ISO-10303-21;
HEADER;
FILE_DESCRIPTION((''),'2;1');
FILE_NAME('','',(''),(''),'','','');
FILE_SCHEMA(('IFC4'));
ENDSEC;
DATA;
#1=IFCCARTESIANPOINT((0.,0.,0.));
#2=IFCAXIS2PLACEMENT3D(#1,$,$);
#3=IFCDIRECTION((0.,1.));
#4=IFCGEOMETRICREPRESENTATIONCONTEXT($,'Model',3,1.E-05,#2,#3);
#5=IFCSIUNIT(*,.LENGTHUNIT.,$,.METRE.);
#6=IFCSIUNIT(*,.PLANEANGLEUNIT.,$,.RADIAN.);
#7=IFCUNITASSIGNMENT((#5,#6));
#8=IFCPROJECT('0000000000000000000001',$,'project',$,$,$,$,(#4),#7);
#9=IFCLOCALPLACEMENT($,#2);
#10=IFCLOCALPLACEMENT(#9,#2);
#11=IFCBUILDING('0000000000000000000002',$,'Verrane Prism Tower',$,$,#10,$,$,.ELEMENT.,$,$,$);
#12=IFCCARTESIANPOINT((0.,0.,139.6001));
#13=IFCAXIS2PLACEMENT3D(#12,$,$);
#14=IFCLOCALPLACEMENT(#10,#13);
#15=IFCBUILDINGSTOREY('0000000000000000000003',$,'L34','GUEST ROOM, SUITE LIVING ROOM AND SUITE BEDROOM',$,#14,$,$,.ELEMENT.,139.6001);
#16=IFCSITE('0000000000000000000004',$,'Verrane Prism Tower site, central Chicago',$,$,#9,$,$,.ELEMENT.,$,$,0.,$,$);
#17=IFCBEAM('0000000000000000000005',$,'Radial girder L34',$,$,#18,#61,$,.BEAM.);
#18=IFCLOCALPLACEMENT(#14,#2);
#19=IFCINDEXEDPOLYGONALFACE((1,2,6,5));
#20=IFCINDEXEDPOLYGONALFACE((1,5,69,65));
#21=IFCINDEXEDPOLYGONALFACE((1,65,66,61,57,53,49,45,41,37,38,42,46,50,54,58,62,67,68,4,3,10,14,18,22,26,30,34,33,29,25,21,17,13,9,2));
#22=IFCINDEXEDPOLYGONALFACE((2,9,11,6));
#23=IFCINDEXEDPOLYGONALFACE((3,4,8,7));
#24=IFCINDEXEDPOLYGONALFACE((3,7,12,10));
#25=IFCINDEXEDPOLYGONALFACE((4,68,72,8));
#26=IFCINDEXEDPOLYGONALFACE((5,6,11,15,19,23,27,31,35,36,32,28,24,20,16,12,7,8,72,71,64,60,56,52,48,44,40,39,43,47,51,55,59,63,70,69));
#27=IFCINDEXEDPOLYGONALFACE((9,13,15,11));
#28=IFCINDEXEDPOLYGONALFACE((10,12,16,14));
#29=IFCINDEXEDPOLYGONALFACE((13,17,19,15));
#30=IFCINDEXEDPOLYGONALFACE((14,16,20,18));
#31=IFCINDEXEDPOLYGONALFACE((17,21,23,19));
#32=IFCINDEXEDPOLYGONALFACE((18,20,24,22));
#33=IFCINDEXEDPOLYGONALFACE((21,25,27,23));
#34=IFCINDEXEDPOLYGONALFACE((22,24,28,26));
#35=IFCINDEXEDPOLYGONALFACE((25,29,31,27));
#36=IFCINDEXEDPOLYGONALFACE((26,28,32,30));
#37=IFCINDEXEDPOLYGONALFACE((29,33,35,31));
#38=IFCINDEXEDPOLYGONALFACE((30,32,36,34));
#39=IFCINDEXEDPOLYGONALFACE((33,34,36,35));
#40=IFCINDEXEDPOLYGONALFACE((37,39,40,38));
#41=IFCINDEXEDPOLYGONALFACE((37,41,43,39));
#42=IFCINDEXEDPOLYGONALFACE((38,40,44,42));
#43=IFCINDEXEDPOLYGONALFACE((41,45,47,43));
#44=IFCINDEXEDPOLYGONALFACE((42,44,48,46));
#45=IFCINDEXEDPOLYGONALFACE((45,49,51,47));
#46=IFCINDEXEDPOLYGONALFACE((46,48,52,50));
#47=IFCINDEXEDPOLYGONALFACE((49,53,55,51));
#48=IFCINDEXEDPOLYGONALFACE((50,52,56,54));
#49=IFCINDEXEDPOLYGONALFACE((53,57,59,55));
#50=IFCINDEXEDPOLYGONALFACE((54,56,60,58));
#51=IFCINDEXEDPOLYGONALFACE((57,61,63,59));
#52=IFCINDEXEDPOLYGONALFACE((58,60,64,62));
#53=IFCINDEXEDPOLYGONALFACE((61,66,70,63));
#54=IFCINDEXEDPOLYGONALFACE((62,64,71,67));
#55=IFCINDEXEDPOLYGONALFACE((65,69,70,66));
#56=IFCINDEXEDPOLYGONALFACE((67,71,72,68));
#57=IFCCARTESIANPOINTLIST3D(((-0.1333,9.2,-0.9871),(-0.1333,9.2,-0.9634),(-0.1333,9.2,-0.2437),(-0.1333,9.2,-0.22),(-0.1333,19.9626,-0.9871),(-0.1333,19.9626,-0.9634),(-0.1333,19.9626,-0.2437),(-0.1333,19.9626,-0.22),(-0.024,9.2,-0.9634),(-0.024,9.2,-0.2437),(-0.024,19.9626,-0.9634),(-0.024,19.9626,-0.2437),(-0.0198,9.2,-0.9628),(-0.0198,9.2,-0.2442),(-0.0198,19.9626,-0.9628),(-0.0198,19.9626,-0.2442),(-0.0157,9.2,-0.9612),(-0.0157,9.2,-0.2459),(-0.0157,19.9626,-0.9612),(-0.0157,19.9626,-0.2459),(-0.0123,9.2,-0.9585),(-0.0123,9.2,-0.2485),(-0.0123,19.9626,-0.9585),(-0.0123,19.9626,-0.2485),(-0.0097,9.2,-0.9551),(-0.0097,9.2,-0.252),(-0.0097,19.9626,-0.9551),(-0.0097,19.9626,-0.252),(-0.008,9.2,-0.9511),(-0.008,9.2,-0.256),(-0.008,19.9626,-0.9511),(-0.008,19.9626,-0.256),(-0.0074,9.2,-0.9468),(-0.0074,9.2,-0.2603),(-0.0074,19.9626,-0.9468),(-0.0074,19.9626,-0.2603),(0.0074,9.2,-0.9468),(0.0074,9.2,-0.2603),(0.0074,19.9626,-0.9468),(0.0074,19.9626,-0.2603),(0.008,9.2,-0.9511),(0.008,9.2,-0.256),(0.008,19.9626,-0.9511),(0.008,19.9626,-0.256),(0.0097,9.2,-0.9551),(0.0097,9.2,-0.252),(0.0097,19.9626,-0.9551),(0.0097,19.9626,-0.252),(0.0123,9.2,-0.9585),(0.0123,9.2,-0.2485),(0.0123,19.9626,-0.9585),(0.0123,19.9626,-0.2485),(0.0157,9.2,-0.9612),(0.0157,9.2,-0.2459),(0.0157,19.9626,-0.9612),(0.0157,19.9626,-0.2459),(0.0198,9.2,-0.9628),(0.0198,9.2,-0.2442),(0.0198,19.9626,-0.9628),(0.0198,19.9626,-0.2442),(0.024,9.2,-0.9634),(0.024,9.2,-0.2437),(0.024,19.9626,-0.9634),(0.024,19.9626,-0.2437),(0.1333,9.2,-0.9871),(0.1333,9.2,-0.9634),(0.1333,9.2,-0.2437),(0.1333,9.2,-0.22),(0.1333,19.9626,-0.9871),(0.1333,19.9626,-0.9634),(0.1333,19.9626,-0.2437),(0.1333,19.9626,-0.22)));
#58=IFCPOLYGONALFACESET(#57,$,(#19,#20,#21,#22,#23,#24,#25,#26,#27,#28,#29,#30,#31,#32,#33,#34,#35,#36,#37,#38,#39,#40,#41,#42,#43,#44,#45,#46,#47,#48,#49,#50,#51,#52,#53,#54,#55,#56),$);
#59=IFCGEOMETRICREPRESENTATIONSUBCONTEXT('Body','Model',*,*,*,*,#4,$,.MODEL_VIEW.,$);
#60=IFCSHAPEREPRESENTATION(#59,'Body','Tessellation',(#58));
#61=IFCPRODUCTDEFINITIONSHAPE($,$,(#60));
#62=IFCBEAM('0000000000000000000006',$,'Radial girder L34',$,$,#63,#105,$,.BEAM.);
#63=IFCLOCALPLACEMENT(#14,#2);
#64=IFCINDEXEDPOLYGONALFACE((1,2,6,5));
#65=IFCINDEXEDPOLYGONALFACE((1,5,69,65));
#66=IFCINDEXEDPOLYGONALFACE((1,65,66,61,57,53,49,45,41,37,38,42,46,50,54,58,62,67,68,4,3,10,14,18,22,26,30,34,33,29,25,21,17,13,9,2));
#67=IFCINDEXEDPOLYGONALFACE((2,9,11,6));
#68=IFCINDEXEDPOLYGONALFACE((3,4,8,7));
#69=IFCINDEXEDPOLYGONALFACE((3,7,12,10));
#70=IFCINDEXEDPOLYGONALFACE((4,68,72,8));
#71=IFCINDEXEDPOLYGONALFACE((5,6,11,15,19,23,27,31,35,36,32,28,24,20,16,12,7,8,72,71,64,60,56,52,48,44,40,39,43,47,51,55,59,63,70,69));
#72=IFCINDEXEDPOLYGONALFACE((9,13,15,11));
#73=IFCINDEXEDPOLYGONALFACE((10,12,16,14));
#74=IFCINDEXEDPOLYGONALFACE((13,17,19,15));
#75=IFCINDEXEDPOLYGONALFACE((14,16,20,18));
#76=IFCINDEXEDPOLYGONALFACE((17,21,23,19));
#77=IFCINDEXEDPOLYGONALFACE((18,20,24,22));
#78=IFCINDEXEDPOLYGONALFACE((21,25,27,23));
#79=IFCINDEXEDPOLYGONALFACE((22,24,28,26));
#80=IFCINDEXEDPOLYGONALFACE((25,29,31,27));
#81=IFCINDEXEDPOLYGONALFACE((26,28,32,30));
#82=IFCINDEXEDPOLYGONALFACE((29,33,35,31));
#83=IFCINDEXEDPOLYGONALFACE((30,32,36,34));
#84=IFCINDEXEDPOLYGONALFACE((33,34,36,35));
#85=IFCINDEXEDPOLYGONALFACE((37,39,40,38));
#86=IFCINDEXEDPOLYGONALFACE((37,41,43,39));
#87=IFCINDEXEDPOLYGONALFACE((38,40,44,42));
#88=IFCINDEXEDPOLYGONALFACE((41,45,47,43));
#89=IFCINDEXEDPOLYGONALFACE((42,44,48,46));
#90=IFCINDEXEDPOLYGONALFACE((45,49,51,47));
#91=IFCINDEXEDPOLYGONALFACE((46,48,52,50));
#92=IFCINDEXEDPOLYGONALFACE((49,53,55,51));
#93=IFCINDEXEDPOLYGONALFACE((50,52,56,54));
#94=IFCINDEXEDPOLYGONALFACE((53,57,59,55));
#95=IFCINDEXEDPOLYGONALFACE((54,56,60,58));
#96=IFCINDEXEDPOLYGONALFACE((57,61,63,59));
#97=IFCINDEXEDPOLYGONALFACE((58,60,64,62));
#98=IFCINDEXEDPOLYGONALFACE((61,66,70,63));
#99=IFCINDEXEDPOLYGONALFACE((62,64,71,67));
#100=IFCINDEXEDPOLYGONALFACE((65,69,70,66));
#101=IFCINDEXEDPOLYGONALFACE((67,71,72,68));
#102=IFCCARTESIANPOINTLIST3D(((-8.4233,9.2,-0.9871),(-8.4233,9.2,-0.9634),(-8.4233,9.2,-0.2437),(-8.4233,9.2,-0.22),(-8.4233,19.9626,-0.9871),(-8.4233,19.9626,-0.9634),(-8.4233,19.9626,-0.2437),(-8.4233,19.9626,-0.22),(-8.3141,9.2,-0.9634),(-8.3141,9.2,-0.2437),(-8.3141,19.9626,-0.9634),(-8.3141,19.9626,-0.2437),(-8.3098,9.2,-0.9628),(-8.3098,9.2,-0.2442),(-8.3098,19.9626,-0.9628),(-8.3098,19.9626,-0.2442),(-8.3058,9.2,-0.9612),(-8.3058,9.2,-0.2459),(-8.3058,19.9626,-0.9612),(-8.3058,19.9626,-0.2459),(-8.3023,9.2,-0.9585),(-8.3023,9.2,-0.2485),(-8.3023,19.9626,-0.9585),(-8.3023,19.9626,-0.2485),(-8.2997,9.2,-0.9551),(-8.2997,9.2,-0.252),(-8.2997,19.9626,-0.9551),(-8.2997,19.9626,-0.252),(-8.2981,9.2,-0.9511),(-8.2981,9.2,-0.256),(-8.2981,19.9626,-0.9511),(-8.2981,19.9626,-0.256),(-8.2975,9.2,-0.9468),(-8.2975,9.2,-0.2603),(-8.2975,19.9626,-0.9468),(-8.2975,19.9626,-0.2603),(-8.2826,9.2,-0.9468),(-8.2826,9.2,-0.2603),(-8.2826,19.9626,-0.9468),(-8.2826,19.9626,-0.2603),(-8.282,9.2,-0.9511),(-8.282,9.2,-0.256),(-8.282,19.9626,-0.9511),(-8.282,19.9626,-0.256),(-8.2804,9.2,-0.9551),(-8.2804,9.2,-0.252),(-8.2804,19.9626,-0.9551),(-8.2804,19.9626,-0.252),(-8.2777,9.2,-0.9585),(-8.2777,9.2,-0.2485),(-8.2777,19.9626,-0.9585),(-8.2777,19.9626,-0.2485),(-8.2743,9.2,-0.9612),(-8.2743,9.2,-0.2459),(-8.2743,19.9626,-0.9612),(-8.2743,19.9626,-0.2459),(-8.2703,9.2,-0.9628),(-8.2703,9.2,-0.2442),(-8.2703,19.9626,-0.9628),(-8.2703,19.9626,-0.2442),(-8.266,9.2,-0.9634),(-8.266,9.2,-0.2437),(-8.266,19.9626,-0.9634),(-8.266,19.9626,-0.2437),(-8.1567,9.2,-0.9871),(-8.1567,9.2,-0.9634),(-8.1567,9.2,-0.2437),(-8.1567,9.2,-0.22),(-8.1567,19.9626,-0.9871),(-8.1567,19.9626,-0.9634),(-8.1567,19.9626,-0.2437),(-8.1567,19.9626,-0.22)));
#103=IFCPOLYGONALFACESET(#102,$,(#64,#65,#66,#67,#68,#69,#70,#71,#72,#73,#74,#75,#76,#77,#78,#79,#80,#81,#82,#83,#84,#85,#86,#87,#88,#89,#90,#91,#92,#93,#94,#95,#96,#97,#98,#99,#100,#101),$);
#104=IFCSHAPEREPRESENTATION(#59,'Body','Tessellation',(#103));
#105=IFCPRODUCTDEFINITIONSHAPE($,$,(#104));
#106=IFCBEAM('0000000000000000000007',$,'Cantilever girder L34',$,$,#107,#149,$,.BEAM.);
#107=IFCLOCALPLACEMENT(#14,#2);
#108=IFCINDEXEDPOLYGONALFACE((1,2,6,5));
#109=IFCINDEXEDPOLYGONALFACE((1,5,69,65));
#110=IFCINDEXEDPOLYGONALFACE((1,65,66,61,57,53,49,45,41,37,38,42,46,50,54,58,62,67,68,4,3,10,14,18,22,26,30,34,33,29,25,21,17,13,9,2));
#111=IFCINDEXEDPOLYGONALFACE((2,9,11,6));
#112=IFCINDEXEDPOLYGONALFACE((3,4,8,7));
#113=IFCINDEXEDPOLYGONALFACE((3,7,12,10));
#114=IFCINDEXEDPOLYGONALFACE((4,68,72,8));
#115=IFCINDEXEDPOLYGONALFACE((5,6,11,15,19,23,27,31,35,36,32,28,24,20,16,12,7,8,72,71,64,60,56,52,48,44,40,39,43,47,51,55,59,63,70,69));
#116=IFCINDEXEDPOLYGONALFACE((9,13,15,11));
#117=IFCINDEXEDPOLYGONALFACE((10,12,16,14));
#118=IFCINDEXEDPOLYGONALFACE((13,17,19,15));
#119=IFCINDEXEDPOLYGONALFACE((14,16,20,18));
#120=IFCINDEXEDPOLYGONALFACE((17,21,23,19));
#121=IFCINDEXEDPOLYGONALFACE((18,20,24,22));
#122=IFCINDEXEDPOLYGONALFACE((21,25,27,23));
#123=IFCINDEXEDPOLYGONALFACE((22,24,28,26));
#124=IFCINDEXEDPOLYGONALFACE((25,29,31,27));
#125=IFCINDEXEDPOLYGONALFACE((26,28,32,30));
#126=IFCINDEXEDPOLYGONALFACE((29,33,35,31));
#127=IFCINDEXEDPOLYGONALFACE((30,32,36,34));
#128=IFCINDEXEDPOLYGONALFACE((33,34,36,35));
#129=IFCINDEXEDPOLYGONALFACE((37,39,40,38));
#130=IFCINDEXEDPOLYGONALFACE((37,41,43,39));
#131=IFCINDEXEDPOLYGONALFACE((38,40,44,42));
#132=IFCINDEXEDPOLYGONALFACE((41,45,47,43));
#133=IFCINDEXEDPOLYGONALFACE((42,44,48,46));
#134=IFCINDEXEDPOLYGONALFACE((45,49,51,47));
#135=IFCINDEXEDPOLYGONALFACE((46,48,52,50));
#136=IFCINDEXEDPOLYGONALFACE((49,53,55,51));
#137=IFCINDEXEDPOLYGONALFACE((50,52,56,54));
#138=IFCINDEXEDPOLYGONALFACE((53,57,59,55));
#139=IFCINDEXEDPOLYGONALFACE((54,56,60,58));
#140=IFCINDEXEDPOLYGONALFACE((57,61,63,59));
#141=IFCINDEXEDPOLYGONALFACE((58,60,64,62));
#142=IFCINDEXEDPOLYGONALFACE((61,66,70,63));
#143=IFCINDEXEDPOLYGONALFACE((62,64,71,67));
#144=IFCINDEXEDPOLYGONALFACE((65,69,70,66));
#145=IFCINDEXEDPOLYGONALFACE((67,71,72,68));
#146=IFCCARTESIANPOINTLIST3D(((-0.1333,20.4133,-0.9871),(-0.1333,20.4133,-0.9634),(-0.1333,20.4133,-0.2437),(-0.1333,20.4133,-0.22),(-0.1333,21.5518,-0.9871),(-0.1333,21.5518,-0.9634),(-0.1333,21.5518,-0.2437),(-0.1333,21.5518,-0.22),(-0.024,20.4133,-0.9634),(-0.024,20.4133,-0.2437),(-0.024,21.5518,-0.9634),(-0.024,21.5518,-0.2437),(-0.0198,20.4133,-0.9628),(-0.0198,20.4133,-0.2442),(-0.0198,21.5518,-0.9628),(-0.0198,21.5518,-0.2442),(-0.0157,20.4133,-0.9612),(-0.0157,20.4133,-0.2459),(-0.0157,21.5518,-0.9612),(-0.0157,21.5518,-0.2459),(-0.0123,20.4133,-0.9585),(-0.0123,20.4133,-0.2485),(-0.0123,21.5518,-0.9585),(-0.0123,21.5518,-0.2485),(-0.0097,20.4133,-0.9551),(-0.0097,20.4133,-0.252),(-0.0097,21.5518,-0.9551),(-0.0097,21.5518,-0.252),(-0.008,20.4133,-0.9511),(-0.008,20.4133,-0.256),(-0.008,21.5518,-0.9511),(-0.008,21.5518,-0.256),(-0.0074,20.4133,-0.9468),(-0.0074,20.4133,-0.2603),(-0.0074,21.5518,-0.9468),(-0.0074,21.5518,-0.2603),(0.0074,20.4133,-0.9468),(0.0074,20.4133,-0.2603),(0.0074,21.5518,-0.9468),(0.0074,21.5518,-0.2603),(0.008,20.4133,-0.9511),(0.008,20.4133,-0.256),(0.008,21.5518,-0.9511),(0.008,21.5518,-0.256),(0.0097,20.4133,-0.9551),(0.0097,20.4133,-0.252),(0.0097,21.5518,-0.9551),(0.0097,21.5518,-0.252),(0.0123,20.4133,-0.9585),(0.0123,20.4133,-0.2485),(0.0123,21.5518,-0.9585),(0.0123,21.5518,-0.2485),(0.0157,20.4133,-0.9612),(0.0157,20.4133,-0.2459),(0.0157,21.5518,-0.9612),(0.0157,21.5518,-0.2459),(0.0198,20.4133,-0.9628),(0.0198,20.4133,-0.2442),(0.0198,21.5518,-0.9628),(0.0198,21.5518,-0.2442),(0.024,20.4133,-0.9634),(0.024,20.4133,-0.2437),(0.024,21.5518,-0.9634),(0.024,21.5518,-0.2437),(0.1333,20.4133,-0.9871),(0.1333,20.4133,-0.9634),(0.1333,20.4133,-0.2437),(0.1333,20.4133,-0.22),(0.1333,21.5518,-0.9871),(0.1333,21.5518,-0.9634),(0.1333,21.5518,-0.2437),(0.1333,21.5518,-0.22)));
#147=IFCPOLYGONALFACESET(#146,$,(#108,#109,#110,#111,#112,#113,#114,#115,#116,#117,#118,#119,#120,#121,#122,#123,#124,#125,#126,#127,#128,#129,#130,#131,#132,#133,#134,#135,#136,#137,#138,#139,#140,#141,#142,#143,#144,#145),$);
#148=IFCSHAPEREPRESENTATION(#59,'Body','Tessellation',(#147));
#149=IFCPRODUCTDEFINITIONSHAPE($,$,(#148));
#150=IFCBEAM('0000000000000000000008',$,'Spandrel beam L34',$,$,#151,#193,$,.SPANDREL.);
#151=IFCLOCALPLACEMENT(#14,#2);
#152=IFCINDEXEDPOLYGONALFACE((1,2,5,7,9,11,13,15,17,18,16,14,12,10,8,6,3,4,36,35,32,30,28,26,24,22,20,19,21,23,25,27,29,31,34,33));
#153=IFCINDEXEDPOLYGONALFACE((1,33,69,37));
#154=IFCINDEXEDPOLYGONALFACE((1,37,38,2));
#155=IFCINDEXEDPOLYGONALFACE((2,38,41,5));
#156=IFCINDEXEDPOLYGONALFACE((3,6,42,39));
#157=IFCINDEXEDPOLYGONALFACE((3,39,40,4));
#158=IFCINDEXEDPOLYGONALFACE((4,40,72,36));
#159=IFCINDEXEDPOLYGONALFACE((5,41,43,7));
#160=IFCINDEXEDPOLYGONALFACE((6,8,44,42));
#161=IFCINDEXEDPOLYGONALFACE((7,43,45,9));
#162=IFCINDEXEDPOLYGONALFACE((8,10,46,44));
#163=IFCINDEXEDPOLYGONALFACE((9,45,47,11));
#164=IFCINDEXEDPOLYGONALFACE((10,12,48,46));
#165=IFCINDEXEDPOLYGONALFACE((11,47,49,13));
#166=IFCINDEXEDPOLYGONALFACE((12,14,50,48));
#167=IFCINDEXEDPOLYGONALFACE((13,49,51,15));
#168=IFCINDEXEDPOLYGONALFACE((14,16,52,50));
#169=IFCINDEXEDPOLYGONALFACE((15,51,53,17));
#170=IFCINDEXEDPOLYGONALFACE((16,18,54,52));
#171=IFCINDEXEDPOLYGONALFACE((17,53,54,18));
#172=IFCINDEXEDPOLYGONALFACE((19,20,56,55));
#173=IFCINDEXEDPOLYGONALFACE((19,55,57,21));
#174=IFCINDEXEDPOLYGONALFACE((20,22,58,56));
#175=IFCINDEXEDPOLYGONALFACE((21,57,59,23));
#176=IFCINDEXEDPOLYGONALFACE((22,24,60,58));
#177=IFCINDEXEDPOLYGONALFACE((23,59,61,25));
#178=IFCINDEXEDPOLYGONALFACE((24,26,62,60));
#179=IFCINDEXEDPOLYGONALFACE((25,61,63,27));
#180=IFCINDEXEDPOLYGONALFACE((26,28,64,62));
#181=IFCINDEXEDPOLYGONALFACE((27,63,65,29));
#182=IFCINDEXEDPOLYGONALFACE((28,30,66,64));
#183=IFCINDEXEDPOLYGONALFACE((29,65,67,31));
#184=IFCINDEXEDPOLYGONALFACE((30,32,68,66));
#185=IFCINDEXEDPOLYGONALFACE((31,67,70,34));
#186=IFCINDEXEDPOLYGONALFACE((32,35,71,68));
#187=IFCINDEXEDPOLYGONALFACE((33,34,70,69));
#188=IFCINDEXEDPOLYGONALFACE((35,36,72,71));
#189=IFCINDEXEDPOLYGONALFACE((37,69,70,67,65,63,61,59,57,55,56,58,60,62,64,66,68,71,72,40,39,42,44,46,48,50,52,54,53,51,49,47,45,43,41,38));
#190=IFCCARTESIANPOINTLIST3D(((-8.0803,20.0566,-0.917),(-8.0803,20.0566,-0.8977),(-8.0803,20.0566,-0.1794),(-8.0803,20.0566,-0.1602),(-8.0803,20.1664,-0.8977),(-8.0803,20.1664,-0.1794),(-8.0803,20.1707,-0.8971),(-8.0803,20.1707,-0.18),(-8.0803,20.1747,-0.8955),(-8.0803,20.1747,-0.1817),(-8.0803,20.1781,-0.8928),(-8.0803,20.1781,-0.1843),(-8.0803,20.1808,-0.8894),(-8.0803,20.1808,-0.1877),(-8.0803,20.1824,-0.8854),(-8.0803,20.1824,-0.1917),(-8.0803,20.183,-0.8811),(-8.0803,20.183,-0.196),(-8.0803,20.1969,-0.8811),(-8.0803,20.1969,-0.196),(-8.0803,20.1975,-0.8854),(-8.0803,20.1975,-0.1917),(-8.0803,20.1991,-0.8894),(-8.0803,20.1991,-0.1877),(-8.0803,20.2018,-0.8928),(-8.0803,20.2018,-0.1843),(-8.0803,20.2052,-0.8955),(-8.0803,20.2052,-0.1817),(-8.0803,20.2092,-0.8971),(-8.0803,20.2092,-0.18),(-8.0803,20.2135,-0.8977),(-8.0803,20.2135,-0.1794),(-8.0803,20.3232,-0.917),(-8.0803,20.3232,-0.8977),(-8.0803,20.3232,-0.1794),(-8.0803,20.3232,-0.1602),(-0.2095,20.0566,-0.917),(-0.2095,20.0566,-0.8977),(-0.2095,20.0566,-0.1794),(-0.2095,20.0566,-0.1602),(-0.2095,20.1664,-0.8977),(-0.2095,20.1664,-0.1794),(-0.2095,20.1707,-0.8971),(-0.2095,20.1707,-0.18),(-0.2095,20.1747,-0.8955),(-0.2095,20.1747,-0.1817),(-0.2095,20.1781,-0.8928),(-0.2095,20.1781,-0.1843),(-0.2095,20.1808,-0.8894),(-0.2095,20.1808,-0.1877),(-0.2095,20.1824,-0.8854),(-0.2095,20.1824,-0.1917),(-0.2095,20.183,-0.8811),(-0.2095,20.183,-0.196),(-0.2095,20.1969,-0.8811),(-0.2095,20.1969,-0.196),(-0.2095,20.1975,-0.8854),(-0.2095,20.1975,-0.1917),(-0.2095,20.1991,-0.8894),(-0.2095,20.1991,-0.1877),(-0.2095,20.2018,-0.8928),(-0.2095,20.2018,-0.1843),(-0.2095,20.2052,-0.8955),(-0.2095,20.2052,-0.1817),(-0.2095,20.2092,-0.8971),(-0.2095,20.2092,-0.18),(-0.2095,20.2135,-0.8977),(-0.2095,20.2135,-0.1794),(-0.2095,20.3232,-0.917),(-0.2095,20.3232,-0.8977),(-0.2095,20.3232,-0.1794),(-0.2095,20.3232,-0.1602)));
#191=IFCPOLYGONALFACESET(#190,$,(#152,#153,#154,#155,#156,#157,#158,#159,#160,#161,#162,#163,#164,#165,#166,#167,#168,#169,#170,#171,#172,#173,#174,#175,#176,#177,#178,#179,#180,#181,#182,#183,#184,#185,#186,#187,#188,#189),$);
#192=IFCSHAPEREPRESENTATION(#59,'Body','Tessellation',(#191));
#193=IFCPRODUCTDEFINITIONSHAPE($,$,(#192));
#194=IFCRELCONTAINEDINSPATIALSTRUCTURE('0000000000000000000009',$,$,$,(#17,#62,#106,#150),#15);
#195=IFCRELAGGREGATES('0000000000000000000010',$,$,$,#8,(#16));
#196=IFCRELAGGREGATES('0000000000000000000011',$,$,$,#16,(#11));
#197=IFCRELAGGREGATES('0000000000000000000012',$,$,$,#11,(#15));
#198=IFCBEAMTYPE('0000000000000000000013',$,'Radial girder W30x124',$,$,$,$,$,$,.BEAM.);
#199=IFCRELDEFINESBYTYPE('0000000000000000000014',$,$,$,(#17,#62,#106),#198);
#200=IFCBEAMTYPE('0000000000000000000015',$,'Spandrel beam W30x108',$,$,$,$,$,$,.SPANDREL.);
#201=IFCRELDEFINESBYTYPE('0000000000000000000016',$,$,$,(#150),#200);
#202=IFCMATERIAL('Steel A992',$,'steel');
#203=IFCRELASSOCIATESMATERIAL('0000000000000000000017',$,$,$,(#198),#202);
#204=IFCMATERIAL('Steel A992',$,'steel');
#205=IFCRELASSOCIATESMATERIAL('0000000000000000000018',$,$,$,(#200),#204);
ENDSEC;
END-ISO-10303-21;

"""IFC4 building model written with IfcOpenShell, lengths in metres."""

from ifc_helpers import new_model, si_unit, direction, frame, origin, origin_2d, place, context, subcontext, project, spatial, i_section, extrude, material, material_profile, profile_set, type_object, element, save


model = new_model("IFC4")

# Units and contexts
model_context = context("Model", 3, precision=1e-05, world=origin(), true_north=direction((0.0, 1.0)))
body_context = subcontext(model_context, "Body", "Model", "MODEL_VIEW")
ifc_project = project(units=[si_unit("LENGTHUNIT", "METRE"), si_unit("PLANEANGLEUNIT", "RADIAN")], contexts=[model_context])

# Site, building, storey
site_placement = place(None, origin())
site = spatial("IfcSite", under=ifc_project, at=site_placement, Name="Verrane Prism Tower site, central Chicago", CompositionType="ELEMENT", RefElevation=0.0)
building_placement = place(site_placement, origin())
building = spatial("IfcBuilding", under=site, at=building_placement, Name="Verrane Prism Tower", CompositionType="ELEMENT")
storey_placement = place(building_placement, frame((0.0, 0.0, 139.6001)))
storey = spatial("IfcBuildingStorey", under=building, at=storey_placement, Name="L34", Description="GUEST ROOM, SUITE LIVING ROOM AND SUITE BEDROOM", CompositionType="ELEMENT", Elevation=139.6001)

# Beams
ifc_material_1 = material(Name="Steel A992", Category="steel")
ifc_material_profile_1 = material_profile(ifc_material_1, i_section(OverallWidth=0.2666, OverallDepth=0.7671, WebThickness=0.0149, FlangeThickness=0.0237, FilletRadius=0.0166, at=origin_2d()), Name="W30x124")
ifc_profile_set_1 = profile_set([ifc_material_profile_1], Name="Steel A992")
beam_type_1 = type_object("IfcBeamType", Name="Radial girder W30x124", PredefinedType="BEAM", material=ifc_profile_set_1)
for number, where, z_axis, x_axis, name in (
    (1, (0.0, 19.9626, -0.6035), (0.0, -1.0, 0.0), (1.0, 0.0, 0.0), "Radial girder L34"),
    (2, (-8.29, 19.9626, -0.6035), (0.0, -1.0, 0.0), (1.0, 0.0, 0.0), "Radial girder L34"),
):
    element("IfcBeam", number, at=place(storey_placement, frame(where, z_axis=z_axis, x_axis=x_axis)), inside=storey, type_object=beam_type_1, Name=name, PredefinedType="BEAM", context=body_context, shape_type="SweptSolid", body=[
        extrude(i_section(OverallWidth=0.2666, OverallDepth=0.7671, WebThickness=0.0149, FlangeThickness=0.0237, FilletRadius=0.0166, at=origin_2d()), origin(), (0.0, 0.0, 1.0), 10.7627),
    ])
beam_placement = place(storey_placement, frame((0.0, 20.4133, -0.6035), z_axis=(0.0, 1.0, 0.0), x_axis=(-1.0, 0.0, 0.0)))
element("IfcBeam", 3, at=beam_placement, inside=storey, type_object=beam_type_1, Name="Cantilever girder L34", PredefinedType="BEAM", context=body_context, shape_type="SweptSolid", body=[
    extrude(i_section(OverallWidth=0.2666, OverallDepth=0.7671, WebThickness=0.0149, FlangeThickness=0.0237, FilletRadius=0.0166, at=origin_2d()), origin(), (0.0, 0.0, 1.0), 1.1384),
])
ifc_material_2 = material(Name="Steel A992", Category="steel")
ifc_material_profile_2 = material_profile(ifc_material_2, i_section(OverallWidth=0.2666, OverallDepth=0.7568, WebThickness=0.0139, FlangeThickness=0.0193, FilletRadius=0.0166, at=origin_2d()), Name="W30x108")
ifc_profile_set_2 = profile_set([ifc_material_profile_2], Name="Steel A992")
beam_type_2 = type_object("IfcBeamType", Name="Spandrel beam W30x108", PredefinedType="SPANDREL", material=ifc_profile_set_2)
for number, where, z_axis, x_axis, name in (
    (4, (-0.2095, 20.1899, -0.5386), (-1.0, 0.0, 0.0), (0.0, -1.0, 0.0), "Spandrel beam L34"),
):
    element("IfcBeam", number, at=place(storey_placement, frame(where, z_axis=z_axis, x_axis=x_axis)), inside=storey, type_object=beam_type_2, Name=name, PredefinedType="SPANDREL", context=body_context, shape_type="SweptSolid", body=[
        extrude(i_section(OverallWidth=0.2666, OverallDepth=0.7568, WebThickness=0.0139, FlangeThickness=0.0193, FilletRadius=0.0166, at=origin_2d()), origin(), (0.0, 0.0, 1.0), 7.8708),
    ])

save(model, "model.ifc")
